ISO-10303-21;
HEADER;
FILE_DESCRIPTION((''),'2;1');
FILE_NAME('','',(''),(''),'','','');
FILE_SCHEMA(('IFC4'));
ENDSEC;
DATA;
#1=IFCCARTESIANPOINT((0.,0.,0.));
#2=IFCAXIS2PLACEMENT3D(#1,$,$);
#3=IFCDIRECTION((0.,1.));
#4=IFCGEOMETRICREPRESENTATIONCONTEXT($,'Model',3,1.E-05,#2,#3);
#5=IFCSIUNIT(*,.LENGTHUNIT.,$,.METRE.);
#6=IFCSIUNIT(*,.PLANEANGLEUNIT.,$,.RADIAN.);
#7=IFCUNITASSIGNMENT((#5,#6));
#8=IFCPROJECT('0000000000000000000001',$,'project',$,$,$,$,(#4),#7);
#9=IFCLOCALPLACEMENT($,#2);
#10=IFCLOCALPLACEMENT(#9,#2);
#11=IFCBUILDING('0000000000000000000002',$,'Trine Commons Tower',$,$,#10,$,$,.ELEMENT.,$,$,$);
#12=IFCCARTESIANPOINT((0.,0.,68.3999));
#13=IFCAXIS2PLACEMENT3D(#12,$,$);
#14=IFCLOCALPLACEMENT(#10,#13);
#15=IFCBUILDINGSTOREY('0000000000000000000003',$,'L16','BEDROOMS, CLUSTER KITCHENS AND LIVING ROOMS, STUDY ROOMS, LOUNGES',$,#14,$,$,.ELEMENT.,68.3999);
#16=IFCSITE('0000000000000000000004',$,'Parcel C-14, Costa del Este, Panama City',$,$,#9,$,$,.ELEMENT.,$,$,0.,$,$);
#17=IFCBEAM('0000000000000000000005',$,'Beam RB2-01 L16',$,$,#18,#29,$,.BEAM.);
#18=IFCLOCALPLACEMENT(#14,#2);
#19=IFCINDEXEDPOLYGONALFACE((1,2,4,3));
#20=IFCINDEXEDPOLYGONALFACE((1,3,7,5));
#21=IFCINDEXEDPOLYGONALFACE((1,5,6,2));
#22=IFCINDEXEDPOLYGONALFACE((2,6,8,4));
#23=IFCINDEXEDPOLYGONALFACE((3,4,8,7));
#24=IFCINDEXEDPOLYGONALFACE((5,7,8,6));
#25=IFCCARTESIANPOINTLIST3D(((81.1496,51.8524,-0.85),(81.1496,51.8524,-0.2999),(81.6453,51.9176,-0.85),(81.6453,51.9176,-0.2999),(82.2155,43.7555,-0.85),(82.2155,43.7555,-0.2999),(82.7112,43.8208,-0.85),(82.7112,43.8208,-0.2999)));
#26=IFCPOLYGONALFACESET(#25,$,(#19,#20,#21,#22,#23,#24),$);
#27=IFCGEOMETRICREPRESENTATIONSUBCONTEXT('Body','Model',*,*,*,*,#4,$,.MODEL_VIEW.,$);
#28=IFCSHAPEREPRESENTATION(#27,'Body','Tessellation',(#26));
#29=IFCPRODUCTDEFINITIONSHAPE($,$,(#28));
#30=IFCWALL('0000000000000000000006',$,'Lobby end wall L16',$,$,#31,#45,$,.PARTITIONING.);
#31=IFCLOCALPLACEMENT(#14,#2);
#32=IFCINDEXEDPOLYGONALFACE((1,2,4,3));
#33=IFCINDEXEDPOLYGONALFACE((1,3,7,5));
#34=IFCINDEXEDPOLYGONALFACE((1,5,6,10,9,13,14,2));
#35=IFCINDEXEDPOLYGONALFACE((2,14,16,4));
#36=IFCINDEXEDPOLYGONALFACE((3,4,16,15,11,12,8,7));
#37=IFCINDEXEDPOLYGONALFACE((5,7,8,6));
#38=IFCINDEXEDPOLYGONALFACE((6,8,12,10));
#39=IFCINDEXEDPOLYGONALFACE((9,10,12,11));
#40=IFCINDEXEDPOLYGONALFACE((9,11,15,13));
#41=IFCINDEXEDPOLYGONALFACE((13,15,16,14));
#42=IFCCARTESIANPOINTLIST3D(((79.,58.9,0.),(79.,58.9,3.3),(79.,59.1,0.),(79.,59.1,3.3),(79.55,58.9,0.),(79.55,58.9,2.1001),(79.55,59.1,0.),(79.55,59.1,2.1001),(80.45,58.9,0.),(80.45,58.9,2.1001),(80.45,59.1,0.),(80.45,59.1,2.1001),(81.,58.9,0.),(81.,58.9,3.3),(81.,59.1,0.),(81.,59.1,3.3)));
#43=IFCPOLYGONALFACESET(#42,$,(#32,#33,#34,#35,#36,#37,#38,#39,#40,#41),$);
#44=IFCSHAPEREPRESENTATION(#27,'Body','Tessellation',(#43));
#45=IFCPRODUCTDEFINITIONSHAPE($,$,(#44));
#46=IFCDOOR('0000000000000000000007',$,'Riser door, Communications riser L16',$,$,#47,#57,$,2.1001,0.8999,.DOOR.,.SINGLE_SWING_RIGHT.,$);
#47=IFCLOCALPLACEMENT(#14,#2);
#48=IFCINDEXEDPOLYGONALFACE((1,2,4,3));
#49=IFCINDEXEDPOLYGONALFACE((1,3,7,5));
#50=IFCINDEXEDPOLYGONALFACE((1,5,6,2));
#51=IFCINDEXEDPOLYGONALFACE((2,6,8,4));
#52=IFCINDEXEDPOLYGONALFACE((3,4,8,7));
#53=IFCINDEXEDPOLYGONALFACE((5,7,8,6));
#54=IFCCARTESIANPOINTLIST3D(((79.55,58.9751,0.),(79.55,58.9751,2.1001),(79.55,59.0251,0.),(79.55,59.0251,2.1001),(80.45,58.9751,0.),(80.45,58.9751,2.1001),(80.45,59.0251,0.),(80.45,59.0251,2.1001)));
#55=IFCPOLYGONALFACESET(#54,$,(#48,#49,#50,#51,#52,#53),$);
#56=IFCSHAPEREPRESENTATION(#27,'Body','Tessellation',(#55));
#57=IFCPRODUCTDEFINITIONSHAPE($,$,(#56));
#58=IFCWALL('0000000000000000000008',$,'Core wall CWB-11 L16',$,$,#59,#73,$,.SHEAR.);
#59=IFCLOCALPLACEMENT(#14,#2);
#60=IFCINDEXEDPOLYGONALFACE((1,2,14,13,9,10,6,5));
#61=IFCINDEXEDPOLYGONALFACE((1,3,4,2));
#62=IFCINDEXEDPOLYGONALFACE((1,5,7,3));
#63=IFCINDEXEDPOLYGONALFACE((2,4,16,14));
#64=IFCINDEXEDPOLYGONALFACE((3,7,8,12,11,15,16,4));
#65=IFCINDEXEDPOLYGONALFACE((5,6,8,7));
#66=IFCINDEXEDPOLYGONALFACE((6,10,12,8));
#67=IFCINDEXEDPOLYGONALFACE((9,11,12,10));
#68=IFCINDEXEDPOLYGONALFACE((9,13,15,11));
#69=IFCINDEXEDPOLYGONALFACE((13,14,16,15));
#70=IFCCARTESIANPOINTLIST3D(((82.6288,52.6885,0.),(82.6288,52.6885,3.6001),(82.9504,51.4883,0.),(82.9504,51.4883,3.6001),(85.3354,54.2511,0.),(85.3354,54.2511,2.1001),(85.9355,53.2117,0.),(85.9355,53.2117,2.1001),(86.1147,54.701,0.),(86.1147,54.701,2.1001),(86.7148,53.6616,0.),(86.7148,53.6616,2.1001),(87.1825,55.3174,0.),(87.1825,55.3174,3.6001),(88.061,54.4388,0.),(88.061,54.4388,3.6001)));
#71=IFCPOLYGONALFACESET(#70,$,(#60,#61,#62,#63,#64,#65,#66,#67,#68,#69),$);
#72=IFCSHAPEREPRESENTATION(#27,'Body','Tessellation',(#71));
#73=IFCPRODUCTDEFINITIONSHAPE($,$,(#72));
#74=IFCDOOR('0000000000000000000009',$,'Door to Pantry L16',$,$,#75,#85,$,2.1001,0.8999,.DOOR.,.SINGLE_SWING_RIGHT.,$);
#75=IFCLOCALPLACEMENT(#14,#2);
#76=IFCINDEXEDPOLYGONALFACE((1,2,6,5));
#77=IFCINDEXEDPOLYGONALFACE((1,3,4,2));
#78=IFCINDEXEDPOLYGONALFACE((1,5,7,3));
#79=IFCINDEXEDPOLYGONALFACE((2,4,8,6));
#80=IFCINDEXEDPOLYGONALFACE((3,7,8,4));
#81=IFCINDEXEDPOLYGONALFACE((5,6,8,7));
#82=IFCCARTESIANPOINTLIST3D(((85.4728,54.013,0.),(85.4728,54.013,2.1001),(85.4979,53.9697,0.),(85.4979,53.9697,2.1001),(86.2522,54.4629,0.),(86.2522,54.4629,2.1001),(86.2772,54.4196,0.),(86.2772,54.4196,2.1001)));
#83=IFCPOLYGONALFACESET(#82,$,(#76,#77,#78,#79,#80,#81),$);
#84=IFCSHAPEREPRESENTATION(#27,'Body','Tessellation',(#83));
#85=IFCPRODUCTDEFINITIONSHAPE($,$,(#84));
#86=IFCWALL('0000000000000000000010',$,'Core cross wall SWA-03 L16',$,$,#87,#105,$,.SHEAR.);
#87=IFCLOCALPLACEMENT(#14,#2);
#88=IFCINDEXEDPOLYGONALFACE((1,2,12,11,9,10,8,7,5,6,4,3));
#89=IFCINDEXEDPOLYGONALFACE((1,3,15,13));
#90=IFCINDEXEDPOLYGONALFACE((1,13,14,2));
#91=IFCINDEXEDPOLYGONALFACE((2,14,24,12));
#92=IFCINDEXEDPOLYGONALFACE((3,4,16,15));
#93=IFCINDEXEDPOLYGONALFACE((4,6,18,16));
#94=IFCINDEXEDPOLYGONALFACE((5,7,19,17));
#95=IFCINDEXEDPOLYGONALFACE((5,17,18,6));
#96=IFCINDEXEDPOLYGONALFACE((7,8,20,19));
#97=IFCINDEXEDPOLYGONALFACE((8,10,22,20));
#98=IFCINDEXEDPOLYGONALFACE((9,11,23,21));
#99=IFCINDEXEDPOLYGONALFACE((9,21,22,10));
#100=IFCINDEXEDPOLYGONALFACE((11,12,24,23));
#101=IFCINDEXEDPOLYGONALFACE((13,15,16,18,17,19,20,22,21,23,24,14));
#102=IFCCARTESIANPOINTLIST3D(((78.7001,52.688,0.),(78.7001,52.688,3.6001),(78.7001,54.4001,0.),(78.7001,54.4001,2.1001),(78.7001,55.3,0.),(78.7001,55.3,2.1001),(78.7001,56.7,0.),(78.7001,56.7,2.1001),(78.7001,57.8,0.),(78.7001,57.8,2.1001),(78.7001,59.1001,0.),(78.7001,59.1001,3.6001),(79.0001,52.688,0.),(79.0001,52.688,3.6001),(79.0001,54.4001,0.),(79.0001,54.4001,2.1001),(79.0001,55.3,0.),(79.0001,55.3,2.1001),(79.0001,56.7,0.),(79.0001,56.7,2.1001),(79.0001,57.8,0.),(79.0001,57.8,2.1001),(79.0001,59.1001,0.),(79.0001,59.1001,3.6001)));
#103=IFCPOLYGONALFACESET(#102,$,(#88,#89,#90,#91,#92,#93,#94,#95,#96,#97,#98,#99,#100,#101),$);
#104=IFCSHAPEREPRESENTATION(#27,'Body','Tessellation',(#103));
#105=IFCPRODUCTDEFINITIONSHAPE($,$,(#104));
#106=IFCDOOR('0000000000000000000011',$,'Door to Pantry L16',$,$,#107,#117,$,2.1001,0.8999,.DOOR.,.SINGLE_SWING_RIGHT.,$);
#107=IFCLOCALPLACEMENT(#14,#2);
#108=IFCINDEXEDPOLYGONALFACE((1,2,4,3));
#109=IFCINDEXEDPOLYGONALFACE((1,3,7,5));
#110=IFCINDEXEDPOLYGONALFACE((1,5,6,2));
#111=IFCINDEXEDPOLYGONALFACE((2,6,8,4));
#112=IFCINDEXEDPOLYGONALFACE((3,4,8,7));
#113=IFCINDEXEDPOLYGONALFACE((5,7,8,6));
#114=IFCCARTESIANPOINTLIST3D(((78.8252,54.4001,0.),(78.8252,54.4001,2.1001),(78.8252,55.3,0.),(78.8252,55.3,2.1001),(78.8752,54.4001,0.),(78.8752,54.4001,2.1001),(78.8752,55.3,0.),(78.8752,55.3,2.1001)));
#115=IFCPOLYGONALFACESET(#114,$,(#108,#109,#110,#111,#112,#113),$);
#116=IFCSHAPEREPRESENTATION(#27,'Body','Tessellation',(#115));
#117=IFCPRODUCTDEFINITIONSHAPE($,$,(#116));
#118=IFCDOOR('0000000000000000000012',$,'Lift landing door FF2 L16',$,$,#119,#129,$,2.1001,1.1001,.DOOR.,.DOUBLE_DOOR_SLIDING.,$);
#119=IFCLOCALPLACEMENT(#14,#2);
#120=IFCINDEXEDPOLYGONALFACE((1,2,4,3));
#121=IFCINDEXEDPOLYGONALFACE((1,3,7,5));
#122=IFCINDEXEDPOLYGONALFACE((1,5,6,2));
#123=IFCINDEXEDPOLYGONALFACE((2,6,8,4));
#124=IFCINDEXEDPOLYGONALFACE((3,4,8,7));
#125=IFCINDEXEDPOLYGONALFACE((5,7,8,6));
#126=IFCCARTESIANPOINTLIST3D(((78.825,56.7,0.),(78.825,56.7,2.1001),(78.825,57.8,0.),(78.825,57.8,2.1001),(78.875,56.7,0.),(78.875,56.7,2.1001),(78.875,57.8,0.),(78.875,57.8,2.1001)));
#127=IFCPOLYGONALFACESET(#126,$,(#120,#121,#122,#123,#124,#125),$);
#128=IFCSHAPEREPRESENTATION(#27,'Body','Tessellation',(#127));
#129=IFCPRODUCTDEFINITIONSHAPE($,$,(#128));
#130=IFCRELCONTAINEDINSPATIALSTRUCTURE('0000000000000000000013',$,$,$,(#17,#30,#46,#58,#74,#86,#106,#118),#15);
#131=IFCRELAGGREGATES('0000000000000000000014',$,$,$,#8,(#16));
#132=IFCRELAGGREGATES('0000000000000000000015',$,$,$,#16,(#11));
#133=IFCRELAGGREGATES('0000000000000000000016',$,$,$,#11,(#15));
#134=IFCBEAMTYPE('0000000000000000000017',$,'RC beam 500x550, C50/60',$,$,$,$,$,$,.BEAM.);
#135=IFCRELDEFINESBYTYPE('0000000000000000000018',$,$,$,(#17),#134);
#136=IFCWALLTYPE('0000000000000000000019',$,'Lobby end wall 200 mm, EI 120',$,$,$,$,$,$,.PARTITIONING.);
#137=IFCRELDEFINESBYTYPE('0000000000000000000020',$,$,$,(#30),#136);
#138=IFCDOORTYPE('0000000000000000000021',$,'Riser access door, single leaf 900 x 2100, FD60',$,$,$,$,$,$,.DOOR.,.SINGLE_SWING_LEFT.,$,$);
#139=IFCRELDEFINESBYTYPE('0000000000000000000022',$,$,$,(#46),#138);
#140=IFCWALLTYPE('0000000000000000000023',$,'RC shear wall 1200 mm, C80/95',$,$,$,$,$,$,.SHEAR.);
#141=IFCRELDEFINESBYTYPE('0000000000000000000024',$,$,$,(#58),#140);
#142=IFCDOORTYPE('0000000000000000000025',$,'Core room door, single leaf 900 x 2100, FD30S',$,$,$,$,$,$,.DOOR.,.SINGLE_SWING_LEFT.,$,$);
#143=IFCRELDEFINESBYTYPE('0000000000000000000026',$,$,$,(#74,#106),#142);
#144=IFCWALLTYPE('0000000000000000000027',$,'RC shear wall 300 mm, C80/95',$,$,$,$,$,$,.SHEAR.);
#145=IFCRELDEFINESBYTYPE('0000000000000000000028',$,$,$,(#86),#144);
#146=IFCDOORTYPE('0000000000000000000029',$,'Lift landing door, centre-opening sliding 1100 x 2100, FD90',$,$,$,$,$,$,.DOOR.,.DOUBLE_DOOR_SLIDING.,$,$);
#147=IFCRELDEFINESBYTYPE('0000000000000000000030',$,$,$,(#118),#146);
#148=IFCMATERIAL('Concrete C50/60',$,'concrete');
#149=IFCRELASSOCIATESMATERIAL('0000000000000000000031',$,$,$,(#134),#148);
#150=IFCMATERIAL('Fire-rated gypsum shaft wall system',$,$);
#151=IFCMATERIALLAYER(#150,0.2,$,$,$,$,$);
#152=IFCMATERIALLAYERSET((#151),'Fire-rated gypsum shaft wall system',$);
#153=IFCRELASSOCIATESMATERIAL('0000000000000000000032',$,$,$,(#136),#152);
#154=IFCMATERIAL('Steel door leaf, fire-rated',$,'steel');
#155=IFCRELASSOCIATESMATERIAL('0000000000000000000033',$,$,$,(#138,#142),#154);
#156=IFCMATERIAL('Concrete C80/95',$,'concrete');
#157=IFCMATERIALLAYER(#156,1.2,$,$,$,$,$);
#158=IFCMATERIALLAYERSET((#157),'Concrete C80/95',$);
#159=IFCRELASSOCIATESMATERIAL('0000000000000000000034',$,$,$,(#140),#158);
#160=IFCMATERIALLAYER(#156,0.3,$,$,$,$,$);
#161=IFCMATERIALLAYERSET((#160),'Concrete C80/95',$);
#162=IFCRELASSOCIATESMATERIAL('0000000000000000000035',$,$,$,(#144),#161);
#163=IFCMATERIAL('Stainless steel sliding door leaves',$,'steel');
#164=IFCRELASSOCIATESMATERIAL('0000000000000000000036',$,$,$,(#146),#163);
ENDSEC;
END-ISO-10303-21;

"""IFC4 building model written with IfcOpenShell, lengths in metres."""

from ifc_helpers import new_model, si_unit, direction, frame, frame_2d, origin, origin_2d, place, context, subcontext, project, spatial, polyline, rectangle, outline, extrude, material, layer, layer_set, material_profile, profile_set, type_object, element, fill, save


model = new_model("IFC4")

# Units and contexts
model_context = context("Model", 3, precision=1e-05, world=origin(), true_north=direction((0.0, 1.0)))
body_context = subcontext(model_context, "Body", "Model", "MODEL_VIEW")
ifc_project = project(units=[si_unit("LENGTHUNIT", "METRE"), si_unit("PLANEANGLEUNIT", "RADIAN")], contexts=[model_context])

# Site, building, storey
site_placement = place(None, origin())
site = spatial("IfcSite", under=ifc_project, at=site_placement, Name="Parcel C-14, Costa del Este, Panama City", CompositionType="ELEMENT", RefElevation=0.0)
building_placement = place(site_placement, origin())
building = spatial("IfcBuilding", under=site, at=building_placement, Name="Trine Commons Tower", CompositionType="ELEMENT")
storey_placement = place(building_placement, frame((0.0, 0.0, 68.3999)))
storey = spatial("IfcBuildingStorey", under=building, at=storey_placement, Name="L16", Description="BEDROOMS, CLUSTER KITCHENS AND LIVING ROOMS, STUDY ROOMS, LOUNGES", CompositionType="ELEMENT", Elevation=68.3999)

# Beam
ifc_material_1 = material(Name="Concrete C50/60", Category="concrete")
ifc_material_profile = material_profile(ifc_material_1, rectangle(XDim=0.5, YDim=0.55, at=origin_2d()), Name="RC 500x550")
ifc_profile_set = profile_set([ifc_material_profile], Name="Concrete C50/60")
beam_type = type_object("IfcBeamType", Name="RC beam 500x550, C50/60", PredefinedType="BEAM", material=ifc_profile_set)
beam_placement = place(storey_placement, frame((81.3975, 51.885, -0.575), z_axis=(0.130519, -0.991446, 0.0), x_axis=(0.991446, 0.130519, 0.0)))
element("IfcBeam", 1, at=beam_placement, inside=storey, type_object=beam_type, Name="Beam RB2-01 L16", PredefinedType="BEAM", context=body_context, shape_type="SweptSolid", body=[
    extrude(rectangle(XDim=0.5, YDim=0.55, at=origin_2d()), origin(), (0.0, 0.0, 1.0), 8.1667),
])

# Walls, openings, doors
ifc_material_2 = material(Name="Fire-rated gypsum shaft wall system")
ifc_layer_1 = layer(ifc_material_2, 0.2)
ifc_layer_set_1 = layer_set([ifc_layer_1], Name="Fire-rated gypsum shaft wall system")
wall_type_1 = type_object("IfcWallType", Name="Lobby end wall 200 mm, EI 120", PredefinedType="PARTITIONING", material=ifc_layer_set_1)
wall_1_placement = place(storey_placement, frame((79.0, 59.0, 0.0), z_axis=(0.0, 0.0, 1.0), x_axis=(1.0, 0.0, 0.0)))
wall_1 = element("IfcWall", 2, at=wall_1_placement, inside=storey, type_object=wall_type_1, Name="Lobby end wall L16", PredefinedType="PARTITIONING", context=body_context, shape_type="SweptSolid", body=[
    extrude(rectangle(XDim=2.0, YDim=0.2, at=frame_2d((1.0, 0.0))), origin(), (0.0, 0.0, 1.0), 3.3),
])
opening_1_placement = place(wall_1_placement, frame((0.55, 0.0, 0.0)))
opening_1 = element("IfcOpeningElement", 3, at=opening_1_placement, cuts=wall_1, PredefinedType="OPENING", context=body_context, shape_type="SweptSolid", body=[
    extrude(rectangle(XDim=0.8999, YDim=2.1001, at=frame_2d((0.45, 1.05))), frame((0.0, 0.1099, 0.0), z_axis=(0.0, -1.0, 0.0), x_axis=(1.0, 0.0, 0.0)), (0.0, 0.0, 1.0), 0.22),
])
ifc_material_3 = material(Name="Steel door leaf, fire-rated", Category="steel")
door_type_1 = type_object("IfcDoorType", Name="Riser access door, single leaf 900 x 2100, FD60", OperationType="SINGLE_SWING_LEFT", PredefinedType="DOOR", material=ifc_material_3)
door_1_placement = place(opening_1_placement, frame((0.8999, 0.0, 0.0), z_axis=(0.0, 0.0, 1.0), x_axis=(-1.0, 0.0, 0.0)))
door_1 = element("IfcDoor", 4, at=door_1_placement, inside=storey, type_object=door_type_1, Name="Riser door, Communications riser L16", OperationType="SINGLE_SWING_RIGHT", OverallHeight=2.1001, OverallWidth=0.8999, PredefinedType="DOOR", context=body_context, shape_type="SweptSolid", body=[
    extrude(rectangle(XDim=0.8999, YDim=2.1001, at=frame_2d((0.45, 1.05))), frame((0.0, 0.0249, 0.0), z_axis=(0.0, -1.0, 0.0), x_axis=(1.0, 0.0, 0.0)), (0.0, 0.0, 1.0), 0.05),
])
fill(opening_1, door_1)
ifc_material_4 = material(Name="Concrete C80/95", Category="concrete")
ifc_layer_2 = layer(ifc_material_4, 1.2)
ifc_layer_set_2 = layer_set([ifc_layer_2], Name="Concrete C80/95")
wall_type_2 = type_object("IfcWallType", Name="RC shear wall 1200 mm, C80/95", PredefinedType="SHEAR", material=ifc_layer_set_2)
wall_2_placement = place(storey_placement, frame((82.6504, 52.0081, 0.0), z_axis=(0.0, 0.0, 1.0), x_axis=(0.866037, 0.499979, 0.0)))
wall_2 = element("IfcWall", 5, at=wall_2_placement, inside=storey, type_object=wall_type_2, Name="Core wall CWB-11 L16", PredefinedType="SHEAR", context=body_context, shape_type="SweptSolid", body=[
    extrude(outline(polyline([(0.0, -0.6001), (5.9011, -0.6001), (5.5796, 0.6001), (0.3215, 0.6001), (0.0, -0.6001)])), origin(), (0.0, 0.0, 1.0), 3.6001),
])
opening_2_placement = place(wall_2_placement, frame((3.4468, 0.0, 0.0)))
opening_2 = element("IfcOpeningElement", 6, at=opening_2_placement, cuts=wall_2, PredefinedType="OPENING", context=body_context, shape_type="SweptSolid", body=[
    extrude(rectangle(XDim=0.8999, YDim=2.1001, at=frame_2d((0.45, 1.05))), frame((0.0, 0.6099, 0.0), z_axis=(0.0, -1.0, 0.0), x_axis=(1.0, 0.0, 0.0)), (0.0, 0.0, 1.0), 1.22),
])
door_type_2 = type_object("IfcDoorType", Name="Core room door, single leaf 900 x 2100, FD30S", OperationType="SINGLE_SWING_LEFT", PredefinedType="DOOR", material=ifc_material_3)
door_2_placement = place(opening_2_placement, origin())
door_2 = element("IfcDoor", 7, at=door_2_placement, inside=storey, type_object=door_type_2, Name="Door to Pantry L16", OperationType="SINGLE_SWING_RIGHT", OverallHeight=2.1001, OverallWidth=0.8999, PredefinedType="DOOR", context=body_context, shape_type="SweptSolid", body=[
    extrude(rectangle(XDim=0.8999, YDim=2.1001, at=frame_2d((0.45, 1.05))), frame((0.0, 0.3252, 0.0), z_axis=(0.0, -1.0, 0.0), x_axis=(1.0, 0.0, 0.0)), (0.0, 0.0, 1.0), 0.05),
])
fill(opening_2, door_2)

# Wall, openings, doors
ifc_layer_3 = layer(ifc_material_4, 0.3)
ifc_layer_set_3 = layer_set([ifc_layer_3], Name="Concrete C80/95")
wall_type_3 = type_object("IfcWallType", Name="RC shear wall 300 mm, C80/95", PredefinedType="SHEAR", material=ifc_layer_set_3)
wall_3_placement = place(storey_placement, frame((78.8501, 59.1001, 0.0), z_axis=(0.0, 0.0, 1.0), x_axis=(0.0, -1.0, 0.0)))
wall_3 = element("IfcWall", 8, at=wall_3_placement, inside=storey, type_object=wall_type_3, Name="Core cross wall SWA-03 L16", PredefinedType="SHEAR", context=body_context, shape_type="SweptSolid", body=[
    extrude(rectangle(XDim=6.4121, YDim=0.3, at=frame_2d((3.2061, 0.0))), origin(), (0.0, 0.0, 1.0), 3.6001),
])
opening_3_placement = place(wall_3_placement, frame((3.8, 0.0, 0.0)))
opening_3 = element("IfcOpeningElement", 9, at=opening_3_placement, cuts=wall_3, PredefinedType="OPENING", context=body_context, shape_type="SweptSolid", body=[
    extrude(rectangle(XDim=0.8999, YDim=2.1001, at=frame_2d((0.45, 1.05))), frame((0.0, 0.1599, 0.0), z_axis=(0.0, -1.0, 0.0), x_axis=(1.0, 0.0, 0.0)), (0.0, 0.0, 1.0), 0.3201),
])
opening_4_placement = place(wall_3_placement, frame((1.3, 0.0, 0.0)))
opening_4 = element("IfcOpeningElement", 10, at=opening_4_placement, cuts=wall_3, PredefinedType="OPENING", context=body_context, shape_type="SweptSolid", body=[
    extrude(rectangle(XDim=1.1001, YDim=2.1001, at=frame_2d((0.55, 1.05))), frame((0.0, 0.1599, 0.0), z_axis=(0.0, -1.0, 0.0), x_axis=(1.0, 0.0, 0.0)), (0.0, 0.0, 1.0), 0.3201),
])
door_3_placement = place(opening_3_placement, frame((0.8999, 0.0, 0.0), z_axis=(0.0, 0.0, 1.0), x_axis=(-1.0, 0.0, 0.0)))
door_3 = element("IfcDoor", 11, at=door_3_placement, inside=storey, type_object=door_type_2, Name="Door to Pantry L16", OperationType="SINGLE_SWING_RIGHT", OverallHeight=2.1001, OverallWidth=0.8999, PredefinedType="DOOR", context=body_context, shape_type="SweptSolid", body=[
    extrude(rectangle(XDim=0.8999, YDim=2.1001, at=frame_2d((0.45, 1.05))), frame((0.0, 0.0249, 0.0), z_axis=(0.0, -1.0, 0.0), x_axis=(1.0, 0.0, 0.0)), (0.0, 0.0, 1.0), 0.05),
])
fill(opening_3, door_3)
ifc_material_5 = material(Name="Stainless steel sliding door leaves", Category="steel")
door_type_3 = type_object("IfcDoorType", Name="Lift landing door, centre-opening sliding 1100 x 2100, FD90", OperationType="DOUBLE_DOOR_SLIDING", PredefinedType="DOOR", material=ifc_material_5)
door_4_placement = place(opening_4_placement, origin())
door_4 = element("IfcDoor", 12, at=door_4_placement, inside=storey, type_object=door_type_3, Name="Lift landing door FF2 L16", OperationType="DOUBLE_DOOR_SLIDING", OverallHeight=2.1001, OverallWidth=1.1001, PredefinedType="DOOR", context=body_context, shape_type="SweptSolid", body=[
    extrude(rectangle(XDim=1.1001, YDim=2.1001, at=frame_2d((0.55, 1.05))), frame((0.0, 0.0249, 0.0), z_axis=(0.0, -1.0, 0.0), x_axis=(1.0, 0.0, 0.0)), (0.0, 0.0, 1.0), 0.05),
])
fill(opening_4, door_4)

save(model, "model.ifc")
